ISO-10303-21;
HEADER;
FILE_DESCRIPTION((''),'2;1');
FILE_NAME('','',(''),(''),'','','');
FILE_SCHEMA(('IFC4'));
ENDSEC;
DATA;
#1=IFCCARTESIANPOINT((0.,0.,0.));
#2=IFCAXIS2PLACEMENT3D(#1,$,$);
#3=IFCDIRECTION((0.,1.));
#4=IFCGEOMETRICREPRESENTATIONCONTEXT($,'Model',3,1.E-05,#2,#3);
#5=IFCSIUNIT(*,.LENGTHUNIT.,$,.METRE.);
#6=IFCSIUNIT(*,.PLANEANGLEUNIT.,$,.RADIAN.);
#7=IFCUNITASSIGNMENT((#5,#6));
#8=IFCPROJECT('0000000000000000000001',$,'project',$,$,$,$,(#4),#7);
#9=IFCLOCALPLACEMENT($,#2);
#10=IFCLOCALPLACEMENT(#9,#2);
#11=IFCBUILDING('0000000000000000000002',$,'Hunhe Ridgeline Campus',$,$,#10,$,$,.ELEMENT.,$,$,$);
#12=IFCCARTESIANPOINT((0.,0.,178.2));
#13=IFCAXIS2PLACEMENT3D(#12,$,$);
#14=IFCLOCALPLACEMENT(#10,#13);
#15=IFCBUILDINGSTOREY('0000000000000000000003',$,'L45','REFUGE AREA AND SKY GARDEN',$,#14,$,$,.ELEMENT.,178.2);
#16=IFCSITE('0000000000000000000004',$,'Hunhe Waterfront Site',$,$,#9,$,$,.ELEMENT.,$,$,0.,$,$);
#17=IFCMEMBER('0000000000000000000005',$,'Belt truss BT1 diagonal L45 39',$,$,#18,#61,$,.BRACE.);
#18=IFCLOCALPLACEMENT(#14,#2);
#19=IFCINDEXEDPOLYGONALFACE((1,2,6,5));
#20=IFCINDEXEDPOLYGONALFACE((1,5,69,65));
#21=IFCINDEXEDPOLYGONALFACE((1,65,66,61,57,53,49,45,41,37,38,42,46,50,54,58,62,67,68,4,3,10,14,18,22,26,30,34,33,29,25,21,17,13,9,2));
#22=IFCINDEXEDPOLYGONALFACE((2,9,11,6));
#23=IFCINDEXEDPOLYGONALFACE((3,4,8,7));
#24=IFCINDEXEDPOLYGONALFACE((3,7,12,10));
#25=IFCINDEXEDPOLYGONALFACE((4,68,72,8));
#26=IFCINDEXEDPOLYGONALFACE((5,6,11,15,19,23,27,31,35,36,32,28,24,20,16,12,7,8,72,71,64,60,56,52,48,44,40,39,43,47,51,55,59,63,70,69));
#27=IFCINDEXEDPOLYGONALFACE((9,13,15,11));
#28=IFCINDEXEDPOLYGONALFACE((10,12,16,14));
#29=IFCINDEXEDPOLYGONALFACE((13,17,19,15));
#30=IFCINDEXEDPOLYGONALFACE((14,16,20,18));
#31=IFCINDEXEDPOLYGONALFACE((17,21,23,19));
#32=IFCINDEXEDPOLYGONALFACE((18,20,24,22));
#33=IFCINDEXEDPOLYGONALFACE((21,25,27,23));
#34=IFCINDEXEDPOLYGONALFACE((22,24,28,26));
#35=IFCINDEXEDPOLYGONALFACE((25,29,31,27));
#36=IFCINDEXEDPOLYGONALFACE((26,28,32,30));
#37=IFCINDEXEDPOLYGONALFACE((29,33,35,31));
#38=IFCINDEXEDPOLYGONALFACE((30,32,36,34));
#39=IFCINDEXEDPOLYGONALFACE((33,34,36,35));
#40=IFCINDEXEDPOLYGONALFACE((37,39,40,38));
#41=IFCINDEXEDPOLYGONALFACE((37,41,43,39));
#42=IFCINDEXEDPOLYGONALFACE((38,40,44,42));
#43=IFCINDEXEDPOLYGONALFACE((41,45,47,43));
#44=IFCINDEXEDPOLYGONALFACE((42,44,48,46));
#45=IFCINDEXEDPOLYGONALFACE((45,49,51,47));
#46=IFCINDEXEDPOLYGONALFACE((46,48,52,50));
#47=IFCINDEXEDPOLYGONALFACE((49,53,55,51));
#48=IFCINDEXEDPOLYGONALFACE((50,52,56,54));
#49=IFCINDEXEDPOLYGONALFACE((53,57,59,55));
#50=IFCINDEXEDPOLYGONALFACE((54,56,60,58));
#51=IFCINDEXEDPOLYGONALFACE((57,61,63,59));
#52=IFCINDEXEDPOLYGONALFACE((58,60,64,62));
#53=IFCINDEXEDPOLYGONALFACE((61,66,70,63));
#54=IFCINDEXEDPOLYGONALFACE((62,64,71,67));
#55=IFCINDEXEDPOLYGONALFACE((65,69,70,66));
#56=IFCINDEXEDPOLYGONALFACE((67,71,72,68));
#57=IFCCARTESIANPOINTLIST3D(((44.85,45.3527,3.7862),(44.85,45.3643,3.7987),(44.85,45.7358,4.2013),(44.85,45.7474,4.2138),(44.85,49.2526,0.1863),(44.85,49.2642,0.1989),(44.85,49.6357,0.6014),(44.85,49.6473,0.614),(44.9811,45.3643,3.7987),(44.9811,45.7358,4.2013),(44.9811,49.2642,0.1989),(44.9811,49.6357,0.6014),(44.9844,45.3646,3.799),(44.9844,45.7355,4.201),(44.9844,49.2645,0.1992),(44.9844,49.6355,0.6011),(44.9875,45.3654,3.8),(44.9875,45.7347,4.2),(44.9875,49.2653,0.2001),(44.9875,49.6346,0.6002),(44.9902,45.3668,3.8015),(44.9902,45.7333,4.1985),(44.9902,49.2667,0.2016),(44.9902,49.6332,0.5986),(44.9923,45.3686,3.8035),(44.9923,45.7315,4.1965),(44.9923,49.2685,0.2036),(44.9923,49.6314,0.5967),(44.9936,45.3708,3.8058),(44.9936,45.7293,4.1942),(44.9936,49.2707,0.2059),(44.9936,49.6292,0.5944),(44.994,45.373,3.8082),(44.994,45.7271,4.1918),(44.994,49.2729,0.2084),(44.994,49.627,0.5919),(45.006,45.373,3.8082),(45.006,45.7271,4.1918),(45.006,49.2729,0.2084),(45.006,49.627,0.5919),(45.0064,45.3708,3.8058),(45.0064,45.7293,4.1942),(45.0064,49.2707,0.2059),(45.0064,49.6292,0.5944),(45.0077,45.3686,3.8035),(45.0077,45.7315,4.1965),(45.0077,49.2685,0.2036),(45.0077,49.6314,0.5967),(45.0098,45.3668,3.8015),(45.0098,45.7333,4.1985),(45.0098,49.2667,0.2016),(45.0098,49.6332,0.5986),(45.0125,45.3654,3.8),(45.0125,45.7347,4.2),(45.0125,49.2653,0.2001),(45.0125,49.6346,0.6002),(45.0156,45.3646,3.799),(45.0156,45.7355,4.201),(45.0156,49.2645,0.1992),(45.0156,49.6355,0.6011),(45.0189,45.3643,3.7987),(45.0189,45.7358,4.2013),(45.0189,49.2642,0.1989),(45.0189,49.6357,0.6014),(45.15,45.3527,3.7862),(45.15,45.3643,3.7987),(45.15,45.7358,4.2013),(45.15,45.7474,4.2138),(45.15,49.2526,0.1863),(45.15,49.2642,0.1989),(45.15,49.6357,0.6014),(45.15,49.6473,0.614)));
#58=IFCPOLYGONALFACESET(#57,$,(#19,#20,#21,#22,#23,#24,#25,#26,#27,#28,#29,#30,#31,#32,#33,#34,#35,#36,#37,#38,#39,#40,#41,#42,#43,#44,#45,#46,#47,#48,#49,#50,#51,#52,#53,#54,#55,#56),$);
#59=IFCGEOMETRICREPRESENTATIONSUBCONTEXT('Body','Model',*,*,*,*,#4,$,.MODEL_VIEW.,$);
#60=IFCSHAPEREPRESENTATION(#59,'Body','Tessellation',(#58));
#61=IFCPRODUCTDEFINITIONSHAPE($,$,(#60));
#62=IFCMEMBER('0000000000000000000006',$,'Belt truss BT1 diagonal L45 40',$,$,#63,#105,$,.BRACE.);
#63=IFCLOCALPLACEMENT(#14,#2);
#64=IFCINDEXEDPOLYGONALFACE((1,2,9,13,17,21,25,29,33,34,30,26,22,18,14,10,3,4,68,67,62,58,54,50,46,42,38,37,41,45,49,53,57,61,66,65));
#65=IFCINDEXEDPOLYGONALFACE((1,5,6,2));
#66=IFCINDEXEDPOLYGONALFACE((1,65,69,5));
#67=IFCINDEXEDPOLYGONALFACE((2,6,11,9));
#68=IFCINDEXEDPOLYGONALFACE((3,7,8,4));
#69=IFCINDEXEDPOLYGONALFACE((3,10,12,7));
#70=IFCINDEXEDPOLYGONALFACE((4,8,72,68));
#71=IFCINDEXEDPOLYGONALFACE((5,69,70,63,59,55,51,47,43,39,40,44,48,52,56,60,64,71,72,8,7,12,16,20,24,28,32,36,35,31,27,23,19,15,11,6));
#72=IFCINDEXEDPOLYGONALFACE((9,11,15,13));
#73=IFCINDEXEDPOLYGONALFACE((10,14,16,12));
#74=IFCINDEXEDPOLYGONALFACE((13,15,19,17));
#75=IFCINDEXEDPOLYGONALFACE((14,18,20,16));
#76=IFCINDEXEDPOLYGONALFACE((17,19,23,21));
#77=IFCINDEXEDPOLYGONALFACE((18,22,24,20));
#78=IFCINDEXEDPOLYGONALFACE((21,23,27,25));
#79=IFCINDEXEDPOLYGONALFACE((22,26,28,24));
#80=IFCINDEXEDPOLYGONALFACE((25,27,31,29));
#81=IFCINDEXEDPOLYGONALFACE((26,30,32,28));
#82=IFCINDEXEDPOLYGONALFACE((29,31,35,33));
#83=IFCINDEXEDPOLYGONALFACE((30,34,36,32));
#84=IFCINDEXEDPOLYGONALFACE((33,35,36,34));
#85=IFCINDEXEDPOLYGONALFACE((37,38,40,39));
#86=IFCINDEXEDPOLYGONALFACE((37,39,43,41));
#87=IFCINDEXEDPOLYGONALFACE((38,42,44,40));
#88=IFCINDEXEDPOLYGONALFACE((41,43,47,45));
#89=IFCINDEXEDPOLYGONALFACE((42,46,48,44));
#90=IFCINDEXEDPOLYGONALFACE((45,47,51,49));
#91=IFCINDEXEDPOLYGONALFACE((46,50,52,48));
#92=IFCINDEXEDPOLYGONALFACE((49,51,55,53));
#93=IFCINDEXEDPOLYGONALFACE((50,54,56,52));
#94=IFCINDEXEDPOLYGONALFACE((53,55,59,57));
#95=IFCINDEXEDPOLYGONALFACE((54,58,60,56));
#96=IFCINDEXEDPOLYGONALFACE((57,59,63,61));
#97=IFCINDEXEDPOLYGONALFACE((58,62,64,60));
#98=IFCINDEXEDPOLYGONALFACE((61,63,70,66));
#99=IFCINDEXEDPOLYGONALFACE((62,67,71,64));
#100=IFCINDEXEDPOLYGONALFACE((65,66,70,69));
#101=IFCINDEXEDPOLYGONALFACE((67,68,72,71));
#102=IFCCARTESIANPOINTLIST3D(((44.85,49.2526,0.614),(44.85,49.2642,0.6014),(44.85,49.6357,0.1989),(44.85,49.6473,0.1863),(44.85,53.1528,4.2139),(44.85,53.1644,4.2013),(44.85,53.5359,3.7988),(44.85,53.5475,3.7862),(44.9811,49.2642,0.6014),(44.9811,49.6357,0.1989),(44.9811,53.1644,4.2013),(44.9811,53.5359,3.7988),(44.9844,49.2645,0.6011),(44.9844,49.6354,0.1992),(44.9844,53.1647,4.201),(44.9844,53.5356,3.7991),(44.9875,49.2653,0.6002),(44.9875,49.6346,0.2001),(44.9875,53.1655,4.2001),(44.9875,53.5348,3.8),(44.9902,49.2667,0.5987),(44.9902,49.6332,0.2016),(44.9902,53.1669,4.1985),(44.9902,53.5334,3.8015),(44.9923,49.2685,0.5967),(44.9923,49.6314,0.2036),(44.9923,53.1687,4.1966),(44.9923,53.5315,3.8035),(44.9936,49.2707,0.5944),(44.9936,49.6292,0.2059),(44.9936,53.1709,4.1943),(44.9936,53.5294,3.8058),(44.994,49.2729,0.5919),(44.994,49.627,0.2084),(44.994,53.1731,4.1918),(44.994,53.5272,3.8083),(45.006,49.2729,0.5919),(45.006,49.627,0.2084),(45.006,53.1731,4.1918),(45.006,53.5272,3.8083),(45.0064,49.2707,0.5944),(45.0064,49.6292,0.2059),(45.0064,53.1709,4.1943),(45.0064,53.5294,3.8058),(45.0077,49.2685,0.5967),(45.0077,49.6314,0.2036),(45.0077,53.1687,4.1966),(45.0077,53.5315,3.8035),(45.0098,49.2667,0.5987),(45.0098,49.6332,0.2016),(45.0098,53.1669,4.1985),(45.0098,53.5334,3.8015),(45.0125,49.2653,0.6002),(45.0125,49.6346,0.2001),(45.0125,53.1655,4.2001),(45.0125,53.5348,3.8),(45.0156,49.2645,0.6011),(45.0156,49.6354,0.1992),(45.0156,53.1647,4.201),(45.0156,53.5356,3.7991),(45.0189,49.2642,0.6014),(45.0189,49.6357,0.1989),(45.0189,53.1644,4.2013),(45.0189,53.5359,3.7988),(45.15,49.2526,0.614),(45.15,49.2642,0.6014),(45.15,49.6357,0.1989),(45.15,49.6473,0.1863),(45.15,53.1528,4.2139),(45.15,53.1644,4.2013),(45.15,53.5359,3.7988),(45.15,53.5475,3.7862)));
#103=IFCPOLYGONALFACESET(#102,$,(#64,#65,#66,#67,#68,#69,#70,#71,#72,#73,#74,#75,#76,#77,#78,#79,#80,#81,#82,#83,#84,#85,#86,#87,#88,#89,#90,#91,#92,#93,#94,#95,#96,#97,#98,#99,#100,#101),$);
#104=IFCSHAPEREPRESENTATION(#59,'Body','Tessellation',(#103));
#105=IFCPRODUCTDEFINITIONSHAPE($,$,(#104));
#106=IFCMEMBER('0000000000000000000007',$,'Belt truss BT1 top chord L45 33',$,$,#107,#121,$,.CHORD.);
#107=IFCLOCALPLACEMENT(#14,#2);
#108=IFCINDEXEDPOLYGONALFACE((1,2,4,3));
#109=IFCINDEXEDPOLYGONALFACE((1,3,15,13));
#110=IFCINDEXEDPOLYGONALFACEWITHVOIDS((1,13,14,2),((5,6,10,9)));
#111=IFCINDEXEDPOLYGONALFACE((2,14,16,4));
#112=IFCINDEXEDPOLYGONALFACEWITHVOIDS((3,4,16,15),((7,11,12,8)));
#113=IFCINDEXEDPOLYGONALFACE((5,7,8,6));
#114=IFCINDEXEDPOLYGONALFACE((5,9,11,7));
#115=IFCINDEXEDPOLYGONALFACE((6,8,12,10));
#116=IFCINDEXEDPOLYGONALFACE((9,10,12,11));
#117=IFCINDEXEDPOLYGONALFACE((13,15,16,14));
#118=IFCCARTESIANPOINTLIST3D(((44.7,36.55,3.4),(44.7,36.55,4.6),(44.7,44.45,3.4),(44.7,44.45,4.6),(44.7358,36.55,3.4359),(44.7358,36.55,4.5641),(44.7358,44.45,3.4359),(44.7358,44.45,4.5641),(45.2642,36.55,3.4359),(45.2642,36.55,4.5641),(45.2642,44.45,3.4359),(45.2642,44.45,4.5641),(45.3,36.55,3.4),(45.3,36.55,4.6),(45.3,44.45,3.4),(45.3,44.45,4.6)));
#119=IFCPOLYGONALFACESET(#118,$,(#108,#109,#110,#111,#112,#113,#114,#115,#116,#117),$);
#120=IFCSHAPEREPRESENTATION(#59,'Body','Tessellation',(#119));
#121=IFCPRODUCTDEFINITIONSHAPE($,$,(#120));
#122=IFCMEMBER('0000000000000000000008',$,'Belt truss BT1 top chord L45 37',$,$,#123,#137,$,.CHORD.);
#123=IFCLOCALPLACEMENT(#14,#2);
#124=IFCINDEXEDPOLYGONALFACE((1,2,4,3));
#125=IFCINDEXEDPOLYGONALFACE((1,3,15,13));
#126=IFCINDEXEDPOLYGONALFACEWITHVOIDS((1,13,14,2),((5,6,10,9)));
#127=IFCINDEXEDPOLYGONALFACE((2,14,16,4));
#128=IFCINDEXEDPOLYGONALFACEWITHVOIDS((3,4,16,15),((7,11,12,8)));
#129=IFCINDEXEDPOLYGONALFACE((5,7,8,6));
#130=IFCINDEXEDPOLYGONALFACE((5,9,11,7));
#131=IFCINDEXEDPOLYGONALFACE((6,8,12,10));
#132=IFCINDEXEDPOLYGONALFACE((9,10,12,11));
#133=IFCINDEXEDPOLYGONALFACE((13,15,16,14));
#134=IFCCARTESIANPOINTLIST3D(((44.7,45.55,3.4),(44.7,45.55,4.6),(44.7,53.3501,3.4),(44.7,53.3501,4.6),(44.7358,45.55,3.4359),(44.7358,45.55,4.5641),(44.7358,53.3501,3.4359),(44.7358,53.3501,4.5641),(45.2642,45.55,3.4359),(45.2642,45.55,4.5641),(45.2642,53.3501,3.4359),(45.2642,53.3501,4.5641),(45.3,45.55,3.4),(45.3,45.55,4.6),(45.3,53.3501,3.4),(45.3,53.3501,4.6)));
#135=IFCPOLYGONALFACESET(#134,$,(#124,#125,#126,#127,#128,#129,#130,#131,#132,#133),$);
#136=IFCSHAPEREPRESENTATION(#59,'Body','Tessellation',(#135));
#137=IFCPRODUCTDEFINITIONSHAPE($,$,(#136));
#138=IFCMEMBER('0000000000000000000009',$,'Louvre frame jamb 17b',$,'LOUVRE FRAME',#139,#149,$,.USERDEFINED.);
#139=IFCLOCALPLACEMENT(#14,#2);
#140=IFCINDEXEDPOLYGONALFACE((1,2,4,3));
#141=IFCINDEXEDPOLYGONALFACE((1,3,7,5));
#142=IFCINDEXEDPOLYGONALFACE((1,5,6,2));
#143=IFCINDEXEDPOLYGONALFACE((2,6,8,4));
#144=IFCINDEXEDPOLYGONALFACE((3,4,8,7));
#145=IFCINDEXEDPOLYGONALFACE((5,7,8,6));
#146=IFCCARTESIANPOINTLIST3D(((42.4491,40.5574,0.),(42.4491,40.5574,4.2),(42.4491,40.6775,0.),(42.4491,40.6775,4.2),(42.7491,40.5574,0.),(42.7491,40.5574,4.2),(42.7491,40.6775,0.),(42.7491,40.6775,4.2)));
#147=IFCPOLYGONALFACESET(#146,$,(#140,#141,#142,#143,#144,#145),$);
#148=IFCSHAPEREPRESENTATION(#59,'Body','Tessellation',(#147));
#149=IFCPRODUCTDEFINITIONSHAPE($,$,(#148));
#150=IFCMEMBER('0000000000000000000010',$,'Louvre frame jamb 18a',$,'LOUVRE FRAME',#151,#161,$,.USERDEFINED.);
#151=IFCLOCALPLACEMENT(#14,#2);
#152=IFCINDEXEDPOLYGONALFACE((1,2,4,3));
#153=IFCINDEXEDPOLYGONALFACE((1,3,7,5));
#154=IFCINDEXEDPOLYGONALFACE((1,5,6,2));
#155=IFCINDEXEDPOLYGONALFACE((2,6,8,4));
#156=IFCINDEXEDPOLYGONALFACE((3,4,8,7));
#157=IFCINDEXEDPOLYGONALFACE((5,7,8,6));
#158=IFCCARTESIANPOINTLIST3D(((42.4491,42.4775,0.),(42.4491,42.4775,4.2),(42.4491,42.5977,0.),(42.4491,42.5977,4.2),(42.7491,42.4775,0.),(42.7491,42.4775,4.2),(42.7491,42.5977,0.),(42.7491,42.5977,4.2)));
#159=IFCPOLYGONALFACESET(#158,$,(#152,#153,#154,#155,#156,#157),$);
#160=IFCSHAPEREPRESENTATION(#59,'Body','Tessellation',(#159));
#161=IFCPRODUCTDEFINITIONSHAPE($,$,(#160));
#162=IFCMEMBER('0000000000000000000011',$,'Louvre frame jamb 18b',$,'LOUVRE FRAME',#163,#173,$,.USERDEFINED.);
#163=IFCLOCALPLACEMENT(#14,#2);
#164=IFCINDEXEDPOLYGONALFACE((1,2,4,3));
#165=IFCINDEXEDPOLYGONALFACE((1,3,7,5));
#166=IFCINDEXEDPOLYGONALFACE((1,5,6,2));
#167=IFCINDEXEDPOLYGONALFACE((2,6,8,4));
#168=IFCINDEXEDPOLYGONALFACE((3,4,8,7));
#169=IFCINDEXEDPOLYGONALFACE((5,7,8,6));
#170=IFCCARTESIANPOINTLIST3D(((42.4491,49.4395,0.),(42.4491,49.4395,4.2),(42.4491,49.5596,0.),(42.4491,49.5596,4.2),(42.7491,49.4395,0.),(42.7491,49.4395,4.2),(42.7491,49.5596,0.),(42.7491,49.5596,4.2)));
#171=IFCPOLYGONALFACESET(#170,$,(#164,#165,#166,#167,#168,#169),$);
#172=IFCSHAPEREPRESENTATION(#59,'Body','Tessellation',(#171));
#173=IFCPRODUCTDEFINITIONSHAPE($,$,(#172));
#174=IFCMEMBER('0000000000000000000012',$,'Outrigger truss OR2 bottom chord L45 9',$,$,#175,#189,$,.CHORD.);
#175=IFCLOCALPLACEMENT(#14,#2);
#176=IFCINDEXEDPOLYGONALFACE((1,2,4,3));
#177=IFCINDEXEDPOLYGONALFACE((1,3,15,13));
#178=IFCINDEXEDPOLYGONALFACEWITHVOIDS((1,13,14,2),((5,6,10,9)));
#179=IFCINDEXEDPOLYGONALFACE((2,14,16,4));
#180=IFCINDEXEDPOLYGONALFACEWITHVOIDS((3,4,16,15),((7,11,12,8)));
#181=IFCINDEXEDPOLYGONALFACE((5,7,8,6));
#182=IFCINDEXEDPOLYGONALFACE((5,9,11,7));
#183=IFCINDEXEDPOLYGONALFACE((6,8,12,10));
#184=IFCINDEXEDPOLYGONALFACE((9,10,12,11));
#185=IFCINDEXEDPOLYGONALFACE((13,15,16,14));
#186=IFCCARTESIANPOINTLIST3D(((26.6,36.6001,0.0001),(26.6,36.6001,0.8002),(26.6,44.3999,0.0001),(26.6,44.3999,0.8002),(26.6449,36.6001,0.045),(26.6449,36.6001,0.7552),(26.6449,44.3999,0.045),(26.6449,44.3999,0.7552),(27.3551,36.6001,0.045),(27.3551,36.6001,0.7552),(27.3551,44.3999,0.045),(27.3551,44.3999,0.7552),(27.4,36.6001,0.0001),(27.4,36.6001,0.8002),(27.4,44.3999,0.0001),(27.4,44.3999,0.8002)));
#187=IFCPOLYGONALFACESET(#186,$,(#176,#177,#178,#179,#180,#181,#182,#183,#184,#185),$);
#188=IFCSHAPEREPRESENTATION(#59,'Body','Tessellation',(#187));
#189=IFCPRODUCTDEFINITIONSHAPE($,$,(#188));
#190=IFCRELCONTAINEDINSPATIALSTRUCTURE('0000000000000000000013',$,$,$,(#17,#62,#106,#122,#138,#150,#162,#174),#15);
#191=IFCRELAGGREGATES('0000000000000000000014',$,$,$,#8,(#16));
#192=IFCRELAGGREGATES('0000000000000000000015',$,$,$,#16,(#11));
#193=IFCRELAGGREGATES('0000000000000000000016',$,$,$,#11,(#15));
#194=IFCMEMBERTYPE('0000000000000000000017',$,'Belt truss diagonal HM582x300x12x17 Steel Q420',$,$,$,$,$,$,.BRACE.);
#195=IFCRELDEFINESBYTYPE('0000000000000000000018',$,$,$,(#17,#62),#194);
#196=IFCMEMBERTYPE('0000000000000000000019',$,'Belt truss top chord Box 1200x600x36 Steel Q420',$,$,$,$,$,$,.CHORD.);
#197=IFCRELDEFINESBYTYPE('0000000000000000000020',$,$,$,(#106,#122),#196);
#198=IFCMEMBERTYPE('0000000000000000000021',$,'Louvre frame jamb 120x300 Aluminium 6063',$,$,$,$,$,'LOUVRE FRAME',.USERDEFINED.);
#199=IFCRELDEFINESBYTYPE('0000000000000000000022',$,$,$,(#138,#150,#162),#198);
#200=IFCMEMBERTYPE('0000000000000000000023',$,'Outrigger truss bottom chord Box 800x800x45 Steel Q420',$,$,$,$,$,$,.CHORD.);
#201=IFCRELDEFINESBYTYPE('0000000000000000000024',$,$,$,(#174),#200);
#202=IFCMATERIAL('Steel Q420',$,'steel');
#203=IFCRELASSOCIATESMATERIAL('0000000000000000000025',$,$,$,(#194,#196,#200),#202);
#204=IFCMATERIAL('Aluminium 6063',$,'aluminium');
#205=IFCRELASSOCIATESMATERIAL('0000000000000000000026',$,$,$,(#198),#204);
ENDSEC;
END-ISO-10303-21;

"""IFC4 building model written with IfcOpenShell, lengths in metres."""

from ifc_helpers import new_model, si_unit, direction, frame, origin, origin_2d, place, context, subcontext, project, spatial, rectangle, hollow_rectangle, i_section, extrude, material, material_profile, profile_set, type_object, element, save


model = new_model("IFC4")

# Units and contexts
model_context = context("Model", 3, precision=1e-05, world=origin(), true_north=direction((0.0, 1.0)))
body_context = subcontext(model_context, "Body", "Model", "MODEL_VIEW")
ifc_project = project(units=[si_unit("LENGTHUNIT", "METRE"), si_unit("PLANEANGLEUNIT", "RADIAN")], contexts=[model_context])

# Site, building, storey
site_placement = place(None, origin())
site = spatial("IfcSite", under=ifc_project, at=site_placement, Name="Hunhe Waterfront Site", CompositionType="ELEMENT", RefElevation=0.0)
building_placement = place(site_placement, origin())
building = spatial("IfcBuilding", under=site, at=building_placement, Name="Hunhe Ridgeline Campus", CompositionType="ELEMENT")
storey_placement = place(building_placement, frame((0.0, 0.0, 178.2)))
storey = spatial("IfcBuildingStorey", under=building, at=storey_placement, Name="L45", Description="REFUGE AREA AND SKY GARDEN", CompositionType="ELEMENT", Elevation=178.2)

# Members
ifc_material_1 = material(Name="Steel Q420", Category="steel")
ifc_material_profile_1 = material_profile(ifc_material_1, i_section(OverallWidth=0.3, OverallDepth=0.582, WebThickness=0.012, FlangeThickness=0.0171, FilletRadius=0.0129, at=origin_2d()))
ifc_profile_set_1 = profile_set([ifc_material_profile_1], Name="Steel Q420")
member_type_1 = type_object("IfcMemberType", Name="Belt truss diagonal HM582x300x12x17 Steel Q420", PredefinedType="BRACE", material=ifc_profile_set_1)
member_1_placement = place(storey_placement, frame((45.0, 45.55, 4.0), z_axis=(0.0, 0.734809, -0.678274), x_axis=(-1.0, 0.0, 0.0)))
element("IfcMember", 1, at=member_1_placement, inside=storey, type_object=member_type_1, Name="Belt truss BT1 diagonal L45 39", PredefinedType="BRACE", context=body_context, shape_type="SweptSolid", body=[
    extrude(i_section(OverallWidth=0.3, OverallDepth=0.582, WebThickness=0.012, FlangeThickness=0.0171, FilletRadius=0.0129, at=origin_2d()), origin(), (0.0, 0.0, 1.0), 5.3074),
])
member_2_placement = place(storey_placement, frame((45.0, 49.45, 0.4001), z_axis=(0.0, 0.73483, 0.678251), x_axis=(-1.0, 0.0, 0.0)))
element("IfcMember", 2, at=member_2_placement, inside=storey, type_object=member_type_1, Name="Belt truss BT1 diagonal L45 40", PredefinedType="BRACE", context=body_context, shape_type="SweptSolid", body=[
    extrude(i_section(OverallWidth=0.3, OverallDepth=0.582, WebThickness=0.012, FlangeThickness=0.0171, FilletRadius=0.0129, at=origin_2d()), origin(), (0.0, 0.0, 1.0), 5.3076),
])
ifc_material_profile_2 = material_profile(ifc_material_1, hollow_rectangle(XDim=0.6001, YDim=1.2, WallThickness=0.0359, at=origin_2d()))
ifc_profile_set_2 = profile_set([ifc_material_profile_2], Name="Steel Q420")
member_type_2 = type_object("IfcMemberType", Name="Belt truss top chord Box 1200x600x36 Steel Q420", PredefinedType="CHORD", material=ifc_profile_set_2)
member_3_placement = place(storey_placement, frame((45.0, 36.55, 4.0), z_axis=(0.0, 1.0, 0.0), x_axis=(-1.0, 0.0, 0.0)))
element("IfcMember", 3, at=member_3_placement, inside=storey, type_object=member_type_2, Name="Belt truss BT1 top chord L45 33", PredefinedType="CHORD", context=body_context, shape_type="SweptSolid", body=[
    extrude(hollow_rectangle(XDim=0.6001, YDim=1.2, WallThickness=0.0359, at=origin_2d()), origin(), (0.0, 0.0, 1.0), 7.8999),
])
member_4_placement = place(storey_placement, frame((45.0, 45.55, 4.0), z_axis=(0.0, 1.0, 0.0), x_axis=(-1.0, 0.0, 0.0)))
element("IfcMember", 4, at=member_4_placement, inside=storey, type_object=member_type_2, Name="Belt truss BT1 top chord L45 37", PredefinedType="CHORD", context=body_context, shape_type="SweptSolid", body=[
    extrude(hollow_rectangle(XDim=0.6001, YDim=1.2, WallThickness=0.0359, at=origin_2d()), origin(), (0.0, 0.0, 1.0), 7.8),
])
ifc_material_2 = material(Name="Aluminium 6063", Category="aluminium")
ifc_material_profile_3 = material_profile(ifc_material_2, rectangle(XDim=0.3, YDim=0.1201, at=origin_2d()))
ifc_profile_set_3 = profile_set([ifc_material_profile_3], Name="Aluminium 6063")
member_type_3 = type_object("IfcMemberType", Name="Louvre frame jamb 120x300 Aluminium 6063", ElementType="LOUVRE FRAME", PredefinedType="USERDEFINED", material=ifc_profile_set_3)
for number, where, z_axis, x_axis, name in (
    (5, (42.5991, 40.6174, 0.0), (0.0, 0.0, 1.0), (-1.0, 0.000007, 0.0), "Louvre frame jamb 17b"),
    (6, (42.5991, 42.5376, 0.0), (0.0, 0.0, 1.0), (-1.0, 0.000007, 0.0), "Louvre frame jamb 18a"),
    (7, (42.5991, 49.4995, 0.0), (0.0, 0.0, 1.0), (-1.0, 0.000007, 0.0), "Louvre frame jamb 18b"),
):
    element("IfcMember", number, at=place(storey_placement, frame(where, z_axis=z_axis, x_axis=x_axis)), inside=storey, type_object=member_type_3, Name=name, ObjectType="LOUVRE FRAME", PredefinedType="USERDEFINED", context=body_context, shape_type="SweptSolid", body=[
        extrude(rectangle(XDim=0.3, YDim=0.1201, at=origin_2d()), origin(), (0.0, 0.0, 1.0), 4.2),
    ])
ifc_material_profile_4 = material_profile(ifc_material_1, hollow_rectangle(XDim=0.8, YDim=0.8, WallThickness=0.0449, at=origin_2d()))
ifc_profile_set_4 = profile_set([ifc_material_profile_4], Name="Steel Q420")
member_type_4 = type_object("IfcMemberType", Name="Outrigger truss bottom chord Box 800x800x45 Steel Q420", PredefinedType="CHORD", material=ifc_profile_set_4)
member_5_placement = place(storey_placement, frame((27.0, 44.3999, 0.4001), z_axis=(0.0, -1.0, 0.0), x_axis=(1.0, 0.0, 0.0)))
element("IfcMember", 8, at=member_5_placement, inside=storey, type_object=member_type_4, Name="Outrigger truss OR2 bottom chord L45 9", PredefinedType="CHORD", context=body_context, shape_type="SweptSolid", body=[
    extrude(hollow_rectangle(XDim=0.8, YDim=0.8, WallThickness=0.0449, at=origin_2d()), origin(), (0.0, 0.0, 1.0), 7.7998),
])

save(model, "model.ifc")
